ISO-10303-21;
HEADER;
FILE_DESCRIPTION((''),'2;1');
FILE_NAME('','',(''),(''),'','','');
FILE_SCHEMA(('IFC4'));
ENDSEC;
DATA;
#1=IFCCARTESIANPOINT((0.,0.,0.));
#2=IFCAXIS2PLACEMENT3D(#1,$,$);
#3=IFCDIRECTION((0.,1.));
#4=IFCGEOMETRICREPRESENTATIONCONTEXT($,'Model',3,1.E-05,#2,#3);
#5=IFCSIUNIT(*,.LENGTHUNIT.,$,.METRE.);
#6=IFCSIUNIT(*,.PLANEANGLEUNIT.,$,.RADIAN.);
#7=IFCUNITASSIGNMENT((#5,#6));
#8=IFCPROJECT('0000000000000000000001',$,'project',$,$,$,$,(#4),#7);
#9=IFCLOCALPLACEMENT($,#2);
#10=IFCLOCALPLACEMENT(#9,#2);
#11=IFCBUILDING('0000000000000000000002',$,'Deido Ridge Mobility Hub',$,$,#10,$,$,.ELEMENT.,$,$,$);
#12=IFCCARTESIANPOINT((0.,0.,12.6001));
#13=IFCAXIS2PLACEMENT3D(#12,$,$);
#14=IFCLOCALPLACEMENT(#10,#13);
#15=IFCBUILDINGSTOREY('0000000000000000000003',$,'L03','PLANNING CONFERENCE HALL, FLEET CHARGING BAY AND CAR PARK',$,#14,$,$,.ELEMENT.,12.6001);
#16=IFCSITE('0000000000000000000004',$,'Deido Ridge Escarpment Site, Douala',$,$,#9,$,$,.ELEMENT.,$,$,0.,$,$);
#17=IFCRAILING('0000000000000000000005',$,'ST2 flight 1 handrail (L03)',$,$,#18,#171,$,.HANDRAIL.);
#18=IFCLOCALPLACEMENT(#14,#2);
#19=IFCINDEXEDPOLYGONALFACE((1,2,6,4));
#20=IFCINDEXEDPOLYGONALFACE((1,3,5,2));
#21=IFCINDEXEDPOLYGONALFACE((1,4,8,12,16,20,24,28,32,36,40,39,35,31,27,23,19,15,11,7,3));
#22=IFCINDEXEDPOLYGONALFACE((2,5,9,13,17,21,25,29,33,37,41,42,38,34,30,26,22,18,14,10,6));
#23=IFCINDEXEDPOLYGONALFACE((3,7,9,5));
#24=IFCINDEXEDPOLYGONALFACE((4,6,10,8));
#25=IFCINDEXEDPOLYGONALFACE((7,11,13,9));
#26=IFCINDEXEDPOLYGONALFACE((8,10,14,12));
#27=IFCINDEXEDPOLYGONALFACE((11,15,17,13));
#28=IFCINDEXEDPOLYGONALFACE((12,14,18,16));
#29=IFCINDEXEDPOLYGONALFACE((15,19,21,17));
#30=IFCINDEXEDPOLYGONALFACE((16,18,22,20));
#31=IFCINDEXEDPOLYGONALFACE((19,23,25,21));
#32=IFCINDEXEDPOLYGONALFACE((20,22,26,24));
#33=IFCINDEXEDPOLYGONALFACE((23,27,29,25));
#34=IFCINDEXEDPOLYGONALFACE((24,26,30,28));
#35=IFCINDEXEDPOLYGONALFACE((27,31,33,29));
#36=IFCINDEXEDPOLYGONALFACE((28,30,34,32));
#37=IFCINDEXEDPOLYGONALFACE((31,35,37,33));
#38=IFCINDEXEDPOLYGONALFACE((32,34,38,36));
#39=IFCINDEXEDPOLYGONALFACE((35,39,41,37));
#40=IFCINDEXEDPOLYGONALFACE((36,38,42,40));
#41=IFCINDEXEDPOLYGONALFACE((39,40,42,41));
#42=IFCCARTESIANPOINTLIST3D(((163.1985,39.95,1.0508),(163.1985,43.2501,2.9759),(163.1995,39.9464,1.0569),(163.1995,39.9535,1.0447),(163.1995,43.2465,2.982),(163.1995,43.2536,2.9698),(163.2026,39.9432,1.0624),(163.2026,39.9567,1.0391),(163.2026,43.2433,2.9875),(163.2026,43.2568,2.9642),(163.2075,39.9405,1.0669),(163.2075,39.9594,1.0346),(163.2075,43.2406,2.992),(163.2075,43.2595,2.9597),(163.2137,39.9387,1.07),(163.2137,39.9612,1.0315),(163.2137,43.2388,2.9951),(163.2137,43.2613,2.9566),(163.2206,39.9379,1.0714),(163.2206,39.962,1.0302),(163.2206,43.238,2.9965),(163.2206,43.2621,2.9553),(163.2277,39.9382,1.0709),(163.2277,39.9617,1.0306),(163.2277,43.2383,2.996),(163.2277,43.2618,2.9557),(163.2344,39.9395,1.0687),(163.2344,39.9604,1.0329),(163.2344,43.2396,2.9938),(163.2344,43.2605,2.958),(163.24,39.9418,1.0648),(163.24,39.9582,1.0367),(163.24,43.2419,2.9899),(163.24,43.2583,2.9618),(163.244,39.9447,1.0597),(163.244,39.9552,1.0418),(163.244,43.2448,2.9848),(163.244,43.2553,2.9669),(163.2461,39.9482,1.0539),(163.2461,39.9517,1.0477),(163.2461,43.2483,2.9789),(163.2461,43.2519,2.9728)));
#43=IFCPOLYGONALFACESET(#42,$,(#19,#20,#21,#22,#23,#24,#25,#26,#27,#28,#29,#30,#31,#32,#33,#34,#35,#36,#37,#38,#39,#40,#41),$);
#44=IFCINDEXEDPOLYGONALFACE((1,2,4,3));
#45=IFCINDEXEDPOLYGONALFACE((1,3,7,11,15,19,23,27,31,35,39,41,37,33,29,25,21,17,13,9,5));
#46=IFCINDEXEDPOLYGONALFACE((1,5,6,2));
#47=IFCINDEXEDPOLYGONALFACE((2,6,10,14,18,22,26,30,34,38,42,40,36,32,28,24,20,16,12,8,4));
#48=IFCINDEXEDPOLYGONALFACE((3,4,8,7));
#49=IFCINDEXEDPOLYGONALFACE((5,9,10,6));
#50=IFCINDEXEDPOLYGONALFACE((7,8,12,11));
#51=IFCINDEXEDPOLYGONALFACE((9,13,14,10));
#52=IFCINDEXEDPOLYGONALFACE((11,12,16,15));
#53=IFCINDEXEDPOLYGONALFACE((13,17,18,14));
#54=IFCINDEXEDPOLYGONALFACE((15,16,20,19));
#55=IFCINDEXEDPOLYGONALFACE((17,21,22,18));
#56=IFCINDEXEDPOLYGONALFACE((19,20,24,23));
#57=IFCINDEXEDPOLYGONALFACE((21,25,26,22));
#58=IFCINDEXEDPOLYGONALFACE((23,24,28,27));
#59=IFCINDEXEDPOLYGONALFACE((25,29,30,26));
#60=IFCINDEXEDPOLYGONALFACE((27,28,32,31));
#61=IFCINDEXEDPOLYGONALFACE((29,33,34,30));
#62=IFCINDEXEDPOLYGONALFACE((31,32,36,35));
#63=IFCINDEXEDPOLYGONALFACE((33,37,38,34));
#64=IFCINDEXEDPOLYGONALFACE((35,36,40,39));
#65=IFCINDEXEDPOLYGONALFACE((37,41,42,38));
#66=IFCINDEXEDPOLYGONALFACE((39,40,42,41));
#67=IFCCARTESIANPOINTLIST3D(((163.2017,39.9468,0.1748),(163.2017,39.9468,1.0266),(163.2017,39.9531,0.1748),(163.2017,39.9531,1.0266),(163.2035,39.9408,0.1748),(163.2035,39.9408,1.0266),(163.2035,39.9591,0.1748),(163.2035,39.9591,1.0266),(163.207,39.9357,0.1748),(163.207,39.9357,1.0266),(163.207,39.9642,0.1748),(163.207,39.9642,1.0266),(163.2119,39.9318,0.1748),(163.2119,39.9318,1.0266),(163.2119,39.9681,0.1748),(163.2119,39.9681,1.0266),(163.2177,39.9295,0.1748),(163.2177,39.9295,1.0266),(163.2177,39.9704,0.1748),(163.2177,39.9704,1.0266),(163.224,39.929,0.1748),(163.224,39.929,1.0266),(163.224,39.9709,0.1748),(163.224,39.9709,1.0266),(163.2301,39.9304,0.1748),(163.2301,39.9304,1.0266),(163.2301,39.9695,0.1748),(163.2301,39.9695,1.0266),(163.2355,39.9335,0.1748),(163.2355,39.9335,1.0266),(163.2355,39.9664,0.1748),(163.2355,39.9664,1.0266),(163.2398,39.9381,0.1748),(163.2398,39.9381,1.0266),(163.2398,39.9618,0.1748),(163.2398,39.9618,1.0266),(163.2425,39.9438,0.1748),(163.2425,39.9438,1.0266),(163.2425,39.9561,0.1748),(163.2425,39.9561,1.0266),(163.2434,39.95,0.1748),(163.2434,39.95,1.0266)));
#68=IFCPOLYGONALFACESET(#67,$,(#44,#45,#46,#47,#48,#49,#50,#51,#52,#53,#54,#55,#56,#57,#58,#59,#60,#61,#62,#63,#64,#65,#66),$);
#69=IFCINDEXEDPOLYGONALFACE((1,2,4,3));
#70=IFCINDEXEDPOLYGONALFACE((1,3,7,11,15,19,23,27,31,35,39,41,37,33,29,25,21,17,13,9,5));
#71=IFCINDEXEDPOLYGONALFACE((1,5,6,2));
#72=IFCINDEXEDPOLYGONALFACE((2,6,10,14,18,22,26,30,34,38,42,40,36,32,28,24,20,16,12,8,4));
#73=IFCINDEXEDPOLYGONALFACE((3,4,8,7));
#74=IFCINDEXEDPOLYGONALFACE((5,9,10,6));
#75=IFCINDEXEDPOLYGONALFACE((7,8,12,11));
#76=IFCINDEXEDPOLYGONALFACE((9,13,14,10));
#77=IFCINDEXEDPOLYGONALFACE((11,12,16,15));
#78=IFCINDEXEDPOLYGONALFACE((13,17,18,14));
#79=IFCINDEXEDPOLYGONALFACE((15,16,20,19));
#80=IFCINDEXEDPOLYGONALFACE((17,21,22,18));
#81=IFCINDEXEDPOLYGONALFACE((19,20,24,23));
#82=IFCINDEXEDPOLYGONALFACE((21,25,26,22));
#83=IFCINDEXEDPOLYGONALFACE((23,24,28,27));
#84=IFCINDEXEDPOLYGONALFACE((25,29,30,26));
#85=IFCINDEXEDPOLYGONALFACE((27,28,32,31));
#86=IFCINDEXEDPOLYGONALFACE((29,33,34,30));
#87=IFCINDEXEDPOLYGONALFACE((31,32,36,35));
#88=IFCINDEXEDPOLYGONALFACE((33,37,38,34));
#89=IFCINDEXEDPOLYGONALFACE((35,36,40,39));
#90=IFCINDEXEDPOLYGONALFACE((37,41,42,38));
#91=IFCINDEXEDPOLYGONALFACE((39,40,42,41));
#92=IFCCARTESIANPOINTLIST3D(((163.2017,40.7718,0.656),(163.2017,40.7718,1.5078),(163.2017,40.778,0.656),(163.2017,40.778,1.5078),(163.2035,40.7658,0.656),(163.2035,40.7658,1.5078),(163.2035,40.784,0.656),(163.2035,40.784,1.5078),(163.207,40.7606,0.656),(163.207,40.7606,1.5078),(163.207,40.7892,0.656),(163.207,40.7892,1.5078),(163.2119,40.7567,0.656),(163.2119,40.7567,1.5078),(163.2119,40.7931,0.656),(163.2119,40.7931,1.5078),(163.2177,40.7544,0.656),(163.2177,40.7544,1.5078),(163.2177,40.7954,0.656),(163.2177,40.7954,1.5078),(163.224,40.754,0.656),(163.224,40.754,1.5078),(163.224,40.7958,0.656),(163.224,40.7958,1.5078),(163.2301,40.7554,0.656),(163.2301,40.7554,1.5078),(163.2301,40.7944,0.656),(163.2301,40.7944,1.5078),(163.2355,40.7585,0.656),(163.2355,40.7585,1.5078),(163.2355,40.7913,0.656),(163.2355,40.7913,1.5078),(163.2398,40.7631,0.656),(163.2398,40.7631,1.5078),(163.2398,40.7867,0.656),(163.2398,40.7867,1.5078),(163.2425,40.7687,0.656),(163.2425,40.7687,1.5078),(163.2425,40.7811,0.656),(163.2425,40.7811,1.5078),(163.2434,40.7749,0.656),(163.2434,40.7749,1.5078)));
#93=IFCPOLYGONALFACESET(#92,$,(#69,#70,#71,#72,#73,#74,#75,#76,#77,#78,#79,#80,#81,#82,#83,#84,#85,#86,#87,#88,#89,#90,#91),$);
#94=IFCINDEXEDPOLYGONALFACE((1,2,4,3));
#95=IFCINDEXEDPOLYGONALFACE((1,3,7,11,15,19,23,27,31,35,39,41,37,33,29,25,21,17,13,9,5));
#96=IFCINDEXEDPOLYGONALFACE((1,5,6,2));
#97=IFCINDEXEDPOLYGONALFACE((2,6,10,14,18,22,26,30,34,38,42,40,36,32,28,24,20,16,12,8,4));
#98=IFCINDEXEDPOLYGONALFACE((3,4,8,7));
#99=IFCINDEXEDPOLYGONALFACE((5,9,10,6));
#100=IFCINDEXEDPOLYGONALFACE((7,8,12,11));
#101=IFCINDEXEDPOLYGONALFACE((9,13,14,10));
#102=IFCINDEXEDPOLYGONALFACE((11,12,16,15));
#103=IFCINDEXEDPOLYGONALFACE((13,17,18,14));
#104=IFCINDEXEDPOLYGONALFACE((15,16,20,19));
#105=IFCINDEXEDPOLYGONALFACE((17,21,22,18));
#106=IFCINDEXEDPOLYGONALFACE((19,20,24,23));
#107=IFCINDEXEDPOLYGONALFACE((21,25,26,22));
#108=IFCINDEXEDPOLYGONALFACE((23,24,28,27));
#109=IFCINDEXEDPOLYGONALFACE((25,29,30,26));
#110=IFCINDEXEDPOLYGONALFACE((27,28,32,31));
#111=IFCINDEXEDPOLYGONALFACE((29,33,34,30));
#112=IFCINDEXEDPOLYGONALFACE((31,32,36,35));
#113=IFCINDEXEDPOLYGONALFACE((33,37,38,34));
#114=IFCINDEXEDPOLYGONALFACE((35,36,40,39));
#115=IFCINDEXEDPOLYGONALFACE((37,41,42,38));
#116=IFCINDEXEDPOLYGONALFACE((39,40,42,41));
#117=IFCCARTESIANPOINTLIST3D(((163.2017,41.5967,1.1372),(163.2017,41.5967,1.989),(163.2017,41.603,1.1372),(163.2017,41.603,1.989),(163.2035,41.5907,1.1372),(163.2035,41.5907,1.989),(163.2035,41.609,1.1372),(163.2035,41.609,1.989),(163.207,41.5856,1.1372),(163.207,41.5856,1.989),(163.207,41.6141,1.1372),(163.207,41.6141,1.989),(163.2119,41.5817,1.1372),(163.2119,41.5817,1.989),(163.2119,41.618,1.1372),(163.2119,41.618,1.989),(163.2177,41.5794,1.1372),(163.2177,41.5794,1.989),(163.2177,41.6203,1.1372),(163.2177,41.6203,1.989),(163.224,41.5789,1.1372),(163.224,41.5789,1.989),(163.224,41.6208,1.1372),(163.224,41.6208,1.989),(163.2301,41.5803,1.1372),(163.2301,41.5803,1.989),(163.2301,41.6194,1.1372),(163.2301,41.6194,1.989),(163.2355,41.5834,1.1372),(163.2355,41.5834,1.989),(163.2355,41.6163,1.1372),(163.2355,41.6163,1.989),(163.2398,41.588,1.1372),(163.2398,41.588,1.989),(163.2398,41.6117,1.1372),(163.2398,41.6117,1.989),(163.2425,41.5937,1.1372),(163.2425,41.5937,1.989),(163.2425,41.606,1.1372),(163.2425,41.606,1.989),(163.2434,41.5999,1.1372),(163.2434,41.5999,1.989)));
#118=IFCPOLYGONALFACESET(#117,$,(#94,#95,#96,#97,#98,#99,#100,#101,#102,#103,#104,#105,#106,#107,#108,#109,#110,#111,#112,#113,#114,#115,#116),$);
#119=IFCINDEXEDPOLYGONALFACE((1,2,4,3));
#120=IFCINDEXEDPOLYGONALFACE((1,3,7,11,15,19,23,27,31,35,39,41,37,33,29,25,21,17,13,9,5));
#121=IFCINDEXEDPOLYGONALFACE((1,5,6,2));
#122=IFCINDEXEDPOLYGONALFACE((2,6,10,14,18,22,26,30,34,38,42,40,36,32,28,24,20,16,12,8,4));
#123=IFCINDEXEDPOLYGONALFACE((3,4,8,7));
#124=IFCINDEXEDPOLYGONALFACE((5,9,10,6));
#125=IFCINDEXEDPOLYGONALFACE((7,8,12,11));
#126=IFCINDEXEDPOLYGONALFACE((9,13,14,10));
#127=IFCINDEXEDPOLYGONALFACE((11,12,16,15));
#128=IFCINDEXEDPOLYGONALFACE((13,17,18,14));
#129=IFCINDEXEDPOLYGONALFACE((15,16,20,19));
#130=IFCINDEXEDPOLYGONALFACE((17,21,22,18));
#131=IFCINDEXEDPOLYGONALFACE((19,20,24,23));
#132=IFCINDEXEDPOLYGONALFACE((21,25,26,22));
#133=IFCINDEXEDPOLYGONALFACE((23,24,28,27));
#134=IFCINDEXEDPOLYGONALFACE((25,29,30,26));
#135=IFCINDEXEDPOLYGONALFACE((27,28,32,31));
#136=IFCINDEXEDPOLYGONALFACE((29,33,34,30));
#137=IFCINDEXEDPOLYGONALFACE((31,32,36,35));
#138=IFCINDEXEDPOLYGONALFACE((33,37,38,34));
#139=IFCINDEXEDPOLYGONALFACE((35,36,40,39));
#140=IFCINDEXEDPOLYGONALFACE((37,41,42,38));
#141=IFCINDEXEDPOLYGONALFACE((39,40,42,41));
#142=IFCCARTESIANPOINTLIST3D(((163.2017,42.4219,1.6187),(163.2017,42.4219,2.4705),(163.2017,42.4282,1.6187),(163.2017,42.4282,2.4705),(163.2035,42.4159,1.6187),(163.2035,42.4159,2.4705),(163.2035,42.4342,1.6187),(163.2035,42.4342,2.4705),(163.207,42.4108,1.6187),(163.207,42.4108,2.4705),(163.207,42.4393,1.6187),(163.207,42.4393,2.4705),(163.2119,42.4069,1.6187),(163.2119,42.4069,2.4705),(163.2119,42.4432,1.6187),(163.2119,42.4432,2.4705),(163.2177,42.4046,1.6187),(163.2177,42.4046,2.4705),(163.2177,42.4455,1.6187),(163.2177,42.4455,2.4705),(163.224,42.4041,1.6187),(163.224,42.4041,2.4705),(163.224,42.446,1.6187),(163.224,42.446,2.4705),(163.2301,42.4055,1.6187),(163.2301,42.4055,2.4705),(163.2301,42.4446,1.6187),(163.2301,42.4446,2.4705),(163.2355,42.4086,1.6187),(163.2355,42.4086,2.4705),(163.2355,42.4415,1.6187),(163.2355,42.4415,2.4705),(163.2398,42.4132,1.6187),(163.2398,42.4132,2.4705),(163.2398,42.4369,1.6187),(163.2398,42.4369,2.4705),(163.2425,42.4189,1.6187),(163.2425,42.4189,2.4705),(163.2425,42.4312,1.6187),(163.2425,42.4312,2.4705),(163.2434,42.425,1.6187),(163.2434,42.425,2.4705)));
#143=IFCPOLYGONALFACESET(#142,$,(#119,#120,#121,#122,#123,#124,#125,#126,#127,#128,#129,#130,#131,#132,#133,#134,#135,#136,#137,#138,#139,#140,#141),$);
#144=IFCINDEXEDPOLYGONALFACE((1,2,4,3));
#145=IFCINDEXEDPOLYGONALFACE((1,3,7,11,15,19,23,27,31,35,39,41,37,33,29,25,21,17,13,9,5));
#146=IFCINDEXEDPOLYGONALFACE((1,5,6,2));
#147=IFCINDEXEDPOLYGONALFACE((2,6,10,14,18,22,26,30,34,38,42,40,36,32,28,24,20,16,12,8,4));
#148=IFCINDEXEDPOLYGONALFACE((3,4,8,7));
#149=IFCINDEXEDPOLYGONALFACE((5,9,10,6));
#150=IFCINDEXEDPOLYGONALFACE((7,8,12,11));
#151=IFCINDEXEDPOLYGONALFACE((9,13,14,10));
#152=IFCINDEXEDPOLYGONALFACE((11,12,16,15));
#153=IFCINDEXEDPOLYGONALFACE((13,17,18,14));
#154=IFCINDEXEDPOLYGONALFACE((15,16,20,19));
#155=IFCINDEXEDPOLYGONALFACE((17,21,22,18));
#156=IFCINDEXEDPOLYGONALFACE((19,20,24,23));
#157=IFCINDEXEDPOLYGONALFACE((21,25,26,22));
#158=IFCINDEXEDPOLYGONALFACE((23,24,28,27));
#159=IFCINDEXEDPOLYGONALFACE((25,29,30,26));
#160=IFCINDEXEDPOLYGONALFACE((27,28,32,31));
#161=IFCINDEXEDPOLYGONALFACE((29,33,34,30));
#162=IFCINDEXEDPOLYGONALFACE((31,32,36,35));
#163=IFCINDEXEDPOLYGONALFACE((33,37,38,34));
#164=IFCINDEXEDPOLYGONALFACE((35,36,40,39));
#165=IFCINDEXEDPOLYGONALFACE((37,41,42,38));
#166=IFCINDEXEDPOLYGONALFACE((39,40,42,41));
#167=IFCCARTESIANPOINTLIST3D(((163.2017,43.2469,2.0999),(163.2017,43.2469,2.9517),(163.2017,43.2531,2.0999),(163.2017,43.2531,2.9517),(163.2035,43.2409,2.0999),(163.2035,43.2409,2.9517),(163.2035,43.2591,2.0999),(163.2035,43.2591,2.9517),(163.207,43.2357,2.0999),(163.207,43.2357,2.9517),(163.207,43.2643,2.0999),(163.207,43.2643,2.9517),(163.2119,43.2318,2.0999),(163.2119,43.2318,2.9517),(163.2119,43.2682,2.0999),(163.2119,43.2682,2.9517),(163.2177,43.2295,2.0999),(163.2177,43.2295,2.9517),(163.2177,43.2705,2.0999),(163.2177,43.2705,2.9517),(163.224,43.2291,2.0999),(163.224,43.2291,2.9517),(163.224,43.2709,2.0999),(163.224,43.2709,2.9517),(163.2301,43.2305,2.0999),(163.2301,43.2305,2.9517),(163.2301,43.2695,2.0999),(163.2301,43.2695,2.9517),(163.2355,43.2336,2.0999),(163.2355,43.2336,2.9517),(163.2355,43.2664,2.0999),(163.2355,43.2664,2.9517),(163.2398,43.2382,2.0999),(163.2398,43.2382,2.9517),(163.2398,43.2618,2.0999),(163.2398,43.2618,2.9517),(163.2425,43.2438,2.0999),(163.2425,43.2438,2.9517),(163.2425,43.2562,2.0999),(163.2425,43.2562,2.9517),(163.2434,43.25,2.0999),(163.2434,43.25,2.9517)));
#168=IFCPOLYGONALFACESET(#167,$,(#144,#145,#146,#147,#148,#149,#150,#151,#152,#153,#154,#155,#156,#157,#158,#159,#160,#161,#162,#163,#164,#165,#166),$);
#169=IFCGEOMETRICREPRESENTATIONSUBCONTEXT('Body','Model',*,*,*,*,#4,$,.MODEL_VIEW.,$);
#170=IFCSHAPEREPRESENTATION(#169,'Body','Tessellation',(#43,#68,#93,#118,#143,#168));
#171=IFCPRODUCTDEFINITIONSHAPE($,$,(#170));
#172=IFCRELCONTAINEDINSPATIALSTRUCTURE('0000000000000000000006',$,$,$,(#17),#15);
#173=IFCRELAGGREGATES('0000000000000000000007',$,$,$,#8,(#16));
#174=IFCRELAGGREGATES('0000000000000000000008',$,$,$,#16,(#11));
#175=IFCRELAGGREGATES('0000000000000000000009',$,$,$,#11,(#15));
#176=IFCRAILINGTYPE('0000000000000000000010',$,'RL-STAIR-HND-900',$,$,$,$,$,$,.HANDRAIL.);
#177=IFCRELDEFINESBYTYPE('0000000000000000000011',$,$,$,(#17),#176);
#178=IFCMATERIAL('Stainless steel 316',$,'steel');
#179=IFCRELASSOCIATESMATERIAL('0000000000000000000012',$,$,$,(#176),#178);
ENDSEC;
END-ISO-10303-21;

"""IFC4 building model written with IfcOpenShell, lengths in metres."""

from ifc_helpers import new_model, si_unit, direction, frame, origin, origin_2d, place, context, subcontext, project, spatial, circle, extrude, material, type_object, element, save


model = new_model("IFC4")

# Units and contexts
model_context = context("Model", 3, precision=1e-05, world=origin(), true_north=direction((0.0, 1.0)))
body_context = subcontext(model_context, "Body", "Model", "MODEL_VIEW")
ifc_project = project(units=[si_unit("LENGTHUNIT", "METRE"), si_unit("PLANEANGLEUNIT", "RADIAN")], contexts=[model_context])

# Site, building, storey
site_placement = place(None, origin())
site = spatial("IfcSite", under=ifc_project, at=site_placement, Name="Deido Ridge Escarpment Site, Douala", CompositionType="ELEMENT", RefElevation=0.0)
building_placement = place(site_placement, origin())
building = spatial("IfcBuilding", under=site, at=building_placement, Name="Deido Ridge Mobility Hub", CompositionType="ELEMENT")
storey_placement = place(building_placement, frame((0.0, 0.0, 12.6001)))
storey = spatial("IfcBuildingStorey", under=building, at=storey_placement, Name="L03", Description="PLANNING CONFERENCE HALL, FLEET CHARGING BAY AND CAR PARK", CompositionType="ELEMENT", Elevation=12.6001)

# Shared definitions
ifc_material_1 = material(Name="Stainless steel 316", Category="steel")

# Railing
railing_type_1 = type_object("IfcRailingType", Name="RL-STAIR-HND-900", PredefinedType="HANDRAIL", material=ifc_material_1)
railing_1_placement = place(storey_placement, frame((163.2224, 39.95, 0.1748)))
element("IfcRailing", 1, at=railing_1_placement, inside=storey, type_object=railing_type_1, Name="ST2 flight 1 handrail (L03)", PredefinedType="HANDRAIL", context=body_context, shape_type="SweptSolid", body=[
    extrude(circle(Radius=0.0239, at=origin_2d()), frame((0.0, 0.0, 0.876), z_axis=(0.0, 0.863777, 0.503875), x_axis=(-1.0, 0.0, 0.0)), (0.0, 0.0, 1.0), 3.8206),
    extrude(circle(Radius=0.021, at=origin_2d()), origin(), (0.0, 0.0, 1.0), 0.8518),
    extrude(circle(Radius=0.021, at=origin_2d()), frame((0.0, 0.825, 0.4812)), (0.0, 0.0, 1.0), 0.8518),
    extrude(circle(Radius=0.021, at=origin_2d()), frame((0.0, 1.6499, 0.9624)), (0.0, 0.0, 1.0), 0.8518),
    extrude(circle(Radius=0.021, at=origin_2d()), frame((0.0, 2.4751, 1.4438)), (0.0, 0.0, 1.0), 0.8518),
    extrude(circle(Radius=0.021, at=origin_2d()), frame((0.0, 3.3, 1.925)), (0.0, 0.0, 1.0), 0.8518),
])

save(model, "model.ifc")
